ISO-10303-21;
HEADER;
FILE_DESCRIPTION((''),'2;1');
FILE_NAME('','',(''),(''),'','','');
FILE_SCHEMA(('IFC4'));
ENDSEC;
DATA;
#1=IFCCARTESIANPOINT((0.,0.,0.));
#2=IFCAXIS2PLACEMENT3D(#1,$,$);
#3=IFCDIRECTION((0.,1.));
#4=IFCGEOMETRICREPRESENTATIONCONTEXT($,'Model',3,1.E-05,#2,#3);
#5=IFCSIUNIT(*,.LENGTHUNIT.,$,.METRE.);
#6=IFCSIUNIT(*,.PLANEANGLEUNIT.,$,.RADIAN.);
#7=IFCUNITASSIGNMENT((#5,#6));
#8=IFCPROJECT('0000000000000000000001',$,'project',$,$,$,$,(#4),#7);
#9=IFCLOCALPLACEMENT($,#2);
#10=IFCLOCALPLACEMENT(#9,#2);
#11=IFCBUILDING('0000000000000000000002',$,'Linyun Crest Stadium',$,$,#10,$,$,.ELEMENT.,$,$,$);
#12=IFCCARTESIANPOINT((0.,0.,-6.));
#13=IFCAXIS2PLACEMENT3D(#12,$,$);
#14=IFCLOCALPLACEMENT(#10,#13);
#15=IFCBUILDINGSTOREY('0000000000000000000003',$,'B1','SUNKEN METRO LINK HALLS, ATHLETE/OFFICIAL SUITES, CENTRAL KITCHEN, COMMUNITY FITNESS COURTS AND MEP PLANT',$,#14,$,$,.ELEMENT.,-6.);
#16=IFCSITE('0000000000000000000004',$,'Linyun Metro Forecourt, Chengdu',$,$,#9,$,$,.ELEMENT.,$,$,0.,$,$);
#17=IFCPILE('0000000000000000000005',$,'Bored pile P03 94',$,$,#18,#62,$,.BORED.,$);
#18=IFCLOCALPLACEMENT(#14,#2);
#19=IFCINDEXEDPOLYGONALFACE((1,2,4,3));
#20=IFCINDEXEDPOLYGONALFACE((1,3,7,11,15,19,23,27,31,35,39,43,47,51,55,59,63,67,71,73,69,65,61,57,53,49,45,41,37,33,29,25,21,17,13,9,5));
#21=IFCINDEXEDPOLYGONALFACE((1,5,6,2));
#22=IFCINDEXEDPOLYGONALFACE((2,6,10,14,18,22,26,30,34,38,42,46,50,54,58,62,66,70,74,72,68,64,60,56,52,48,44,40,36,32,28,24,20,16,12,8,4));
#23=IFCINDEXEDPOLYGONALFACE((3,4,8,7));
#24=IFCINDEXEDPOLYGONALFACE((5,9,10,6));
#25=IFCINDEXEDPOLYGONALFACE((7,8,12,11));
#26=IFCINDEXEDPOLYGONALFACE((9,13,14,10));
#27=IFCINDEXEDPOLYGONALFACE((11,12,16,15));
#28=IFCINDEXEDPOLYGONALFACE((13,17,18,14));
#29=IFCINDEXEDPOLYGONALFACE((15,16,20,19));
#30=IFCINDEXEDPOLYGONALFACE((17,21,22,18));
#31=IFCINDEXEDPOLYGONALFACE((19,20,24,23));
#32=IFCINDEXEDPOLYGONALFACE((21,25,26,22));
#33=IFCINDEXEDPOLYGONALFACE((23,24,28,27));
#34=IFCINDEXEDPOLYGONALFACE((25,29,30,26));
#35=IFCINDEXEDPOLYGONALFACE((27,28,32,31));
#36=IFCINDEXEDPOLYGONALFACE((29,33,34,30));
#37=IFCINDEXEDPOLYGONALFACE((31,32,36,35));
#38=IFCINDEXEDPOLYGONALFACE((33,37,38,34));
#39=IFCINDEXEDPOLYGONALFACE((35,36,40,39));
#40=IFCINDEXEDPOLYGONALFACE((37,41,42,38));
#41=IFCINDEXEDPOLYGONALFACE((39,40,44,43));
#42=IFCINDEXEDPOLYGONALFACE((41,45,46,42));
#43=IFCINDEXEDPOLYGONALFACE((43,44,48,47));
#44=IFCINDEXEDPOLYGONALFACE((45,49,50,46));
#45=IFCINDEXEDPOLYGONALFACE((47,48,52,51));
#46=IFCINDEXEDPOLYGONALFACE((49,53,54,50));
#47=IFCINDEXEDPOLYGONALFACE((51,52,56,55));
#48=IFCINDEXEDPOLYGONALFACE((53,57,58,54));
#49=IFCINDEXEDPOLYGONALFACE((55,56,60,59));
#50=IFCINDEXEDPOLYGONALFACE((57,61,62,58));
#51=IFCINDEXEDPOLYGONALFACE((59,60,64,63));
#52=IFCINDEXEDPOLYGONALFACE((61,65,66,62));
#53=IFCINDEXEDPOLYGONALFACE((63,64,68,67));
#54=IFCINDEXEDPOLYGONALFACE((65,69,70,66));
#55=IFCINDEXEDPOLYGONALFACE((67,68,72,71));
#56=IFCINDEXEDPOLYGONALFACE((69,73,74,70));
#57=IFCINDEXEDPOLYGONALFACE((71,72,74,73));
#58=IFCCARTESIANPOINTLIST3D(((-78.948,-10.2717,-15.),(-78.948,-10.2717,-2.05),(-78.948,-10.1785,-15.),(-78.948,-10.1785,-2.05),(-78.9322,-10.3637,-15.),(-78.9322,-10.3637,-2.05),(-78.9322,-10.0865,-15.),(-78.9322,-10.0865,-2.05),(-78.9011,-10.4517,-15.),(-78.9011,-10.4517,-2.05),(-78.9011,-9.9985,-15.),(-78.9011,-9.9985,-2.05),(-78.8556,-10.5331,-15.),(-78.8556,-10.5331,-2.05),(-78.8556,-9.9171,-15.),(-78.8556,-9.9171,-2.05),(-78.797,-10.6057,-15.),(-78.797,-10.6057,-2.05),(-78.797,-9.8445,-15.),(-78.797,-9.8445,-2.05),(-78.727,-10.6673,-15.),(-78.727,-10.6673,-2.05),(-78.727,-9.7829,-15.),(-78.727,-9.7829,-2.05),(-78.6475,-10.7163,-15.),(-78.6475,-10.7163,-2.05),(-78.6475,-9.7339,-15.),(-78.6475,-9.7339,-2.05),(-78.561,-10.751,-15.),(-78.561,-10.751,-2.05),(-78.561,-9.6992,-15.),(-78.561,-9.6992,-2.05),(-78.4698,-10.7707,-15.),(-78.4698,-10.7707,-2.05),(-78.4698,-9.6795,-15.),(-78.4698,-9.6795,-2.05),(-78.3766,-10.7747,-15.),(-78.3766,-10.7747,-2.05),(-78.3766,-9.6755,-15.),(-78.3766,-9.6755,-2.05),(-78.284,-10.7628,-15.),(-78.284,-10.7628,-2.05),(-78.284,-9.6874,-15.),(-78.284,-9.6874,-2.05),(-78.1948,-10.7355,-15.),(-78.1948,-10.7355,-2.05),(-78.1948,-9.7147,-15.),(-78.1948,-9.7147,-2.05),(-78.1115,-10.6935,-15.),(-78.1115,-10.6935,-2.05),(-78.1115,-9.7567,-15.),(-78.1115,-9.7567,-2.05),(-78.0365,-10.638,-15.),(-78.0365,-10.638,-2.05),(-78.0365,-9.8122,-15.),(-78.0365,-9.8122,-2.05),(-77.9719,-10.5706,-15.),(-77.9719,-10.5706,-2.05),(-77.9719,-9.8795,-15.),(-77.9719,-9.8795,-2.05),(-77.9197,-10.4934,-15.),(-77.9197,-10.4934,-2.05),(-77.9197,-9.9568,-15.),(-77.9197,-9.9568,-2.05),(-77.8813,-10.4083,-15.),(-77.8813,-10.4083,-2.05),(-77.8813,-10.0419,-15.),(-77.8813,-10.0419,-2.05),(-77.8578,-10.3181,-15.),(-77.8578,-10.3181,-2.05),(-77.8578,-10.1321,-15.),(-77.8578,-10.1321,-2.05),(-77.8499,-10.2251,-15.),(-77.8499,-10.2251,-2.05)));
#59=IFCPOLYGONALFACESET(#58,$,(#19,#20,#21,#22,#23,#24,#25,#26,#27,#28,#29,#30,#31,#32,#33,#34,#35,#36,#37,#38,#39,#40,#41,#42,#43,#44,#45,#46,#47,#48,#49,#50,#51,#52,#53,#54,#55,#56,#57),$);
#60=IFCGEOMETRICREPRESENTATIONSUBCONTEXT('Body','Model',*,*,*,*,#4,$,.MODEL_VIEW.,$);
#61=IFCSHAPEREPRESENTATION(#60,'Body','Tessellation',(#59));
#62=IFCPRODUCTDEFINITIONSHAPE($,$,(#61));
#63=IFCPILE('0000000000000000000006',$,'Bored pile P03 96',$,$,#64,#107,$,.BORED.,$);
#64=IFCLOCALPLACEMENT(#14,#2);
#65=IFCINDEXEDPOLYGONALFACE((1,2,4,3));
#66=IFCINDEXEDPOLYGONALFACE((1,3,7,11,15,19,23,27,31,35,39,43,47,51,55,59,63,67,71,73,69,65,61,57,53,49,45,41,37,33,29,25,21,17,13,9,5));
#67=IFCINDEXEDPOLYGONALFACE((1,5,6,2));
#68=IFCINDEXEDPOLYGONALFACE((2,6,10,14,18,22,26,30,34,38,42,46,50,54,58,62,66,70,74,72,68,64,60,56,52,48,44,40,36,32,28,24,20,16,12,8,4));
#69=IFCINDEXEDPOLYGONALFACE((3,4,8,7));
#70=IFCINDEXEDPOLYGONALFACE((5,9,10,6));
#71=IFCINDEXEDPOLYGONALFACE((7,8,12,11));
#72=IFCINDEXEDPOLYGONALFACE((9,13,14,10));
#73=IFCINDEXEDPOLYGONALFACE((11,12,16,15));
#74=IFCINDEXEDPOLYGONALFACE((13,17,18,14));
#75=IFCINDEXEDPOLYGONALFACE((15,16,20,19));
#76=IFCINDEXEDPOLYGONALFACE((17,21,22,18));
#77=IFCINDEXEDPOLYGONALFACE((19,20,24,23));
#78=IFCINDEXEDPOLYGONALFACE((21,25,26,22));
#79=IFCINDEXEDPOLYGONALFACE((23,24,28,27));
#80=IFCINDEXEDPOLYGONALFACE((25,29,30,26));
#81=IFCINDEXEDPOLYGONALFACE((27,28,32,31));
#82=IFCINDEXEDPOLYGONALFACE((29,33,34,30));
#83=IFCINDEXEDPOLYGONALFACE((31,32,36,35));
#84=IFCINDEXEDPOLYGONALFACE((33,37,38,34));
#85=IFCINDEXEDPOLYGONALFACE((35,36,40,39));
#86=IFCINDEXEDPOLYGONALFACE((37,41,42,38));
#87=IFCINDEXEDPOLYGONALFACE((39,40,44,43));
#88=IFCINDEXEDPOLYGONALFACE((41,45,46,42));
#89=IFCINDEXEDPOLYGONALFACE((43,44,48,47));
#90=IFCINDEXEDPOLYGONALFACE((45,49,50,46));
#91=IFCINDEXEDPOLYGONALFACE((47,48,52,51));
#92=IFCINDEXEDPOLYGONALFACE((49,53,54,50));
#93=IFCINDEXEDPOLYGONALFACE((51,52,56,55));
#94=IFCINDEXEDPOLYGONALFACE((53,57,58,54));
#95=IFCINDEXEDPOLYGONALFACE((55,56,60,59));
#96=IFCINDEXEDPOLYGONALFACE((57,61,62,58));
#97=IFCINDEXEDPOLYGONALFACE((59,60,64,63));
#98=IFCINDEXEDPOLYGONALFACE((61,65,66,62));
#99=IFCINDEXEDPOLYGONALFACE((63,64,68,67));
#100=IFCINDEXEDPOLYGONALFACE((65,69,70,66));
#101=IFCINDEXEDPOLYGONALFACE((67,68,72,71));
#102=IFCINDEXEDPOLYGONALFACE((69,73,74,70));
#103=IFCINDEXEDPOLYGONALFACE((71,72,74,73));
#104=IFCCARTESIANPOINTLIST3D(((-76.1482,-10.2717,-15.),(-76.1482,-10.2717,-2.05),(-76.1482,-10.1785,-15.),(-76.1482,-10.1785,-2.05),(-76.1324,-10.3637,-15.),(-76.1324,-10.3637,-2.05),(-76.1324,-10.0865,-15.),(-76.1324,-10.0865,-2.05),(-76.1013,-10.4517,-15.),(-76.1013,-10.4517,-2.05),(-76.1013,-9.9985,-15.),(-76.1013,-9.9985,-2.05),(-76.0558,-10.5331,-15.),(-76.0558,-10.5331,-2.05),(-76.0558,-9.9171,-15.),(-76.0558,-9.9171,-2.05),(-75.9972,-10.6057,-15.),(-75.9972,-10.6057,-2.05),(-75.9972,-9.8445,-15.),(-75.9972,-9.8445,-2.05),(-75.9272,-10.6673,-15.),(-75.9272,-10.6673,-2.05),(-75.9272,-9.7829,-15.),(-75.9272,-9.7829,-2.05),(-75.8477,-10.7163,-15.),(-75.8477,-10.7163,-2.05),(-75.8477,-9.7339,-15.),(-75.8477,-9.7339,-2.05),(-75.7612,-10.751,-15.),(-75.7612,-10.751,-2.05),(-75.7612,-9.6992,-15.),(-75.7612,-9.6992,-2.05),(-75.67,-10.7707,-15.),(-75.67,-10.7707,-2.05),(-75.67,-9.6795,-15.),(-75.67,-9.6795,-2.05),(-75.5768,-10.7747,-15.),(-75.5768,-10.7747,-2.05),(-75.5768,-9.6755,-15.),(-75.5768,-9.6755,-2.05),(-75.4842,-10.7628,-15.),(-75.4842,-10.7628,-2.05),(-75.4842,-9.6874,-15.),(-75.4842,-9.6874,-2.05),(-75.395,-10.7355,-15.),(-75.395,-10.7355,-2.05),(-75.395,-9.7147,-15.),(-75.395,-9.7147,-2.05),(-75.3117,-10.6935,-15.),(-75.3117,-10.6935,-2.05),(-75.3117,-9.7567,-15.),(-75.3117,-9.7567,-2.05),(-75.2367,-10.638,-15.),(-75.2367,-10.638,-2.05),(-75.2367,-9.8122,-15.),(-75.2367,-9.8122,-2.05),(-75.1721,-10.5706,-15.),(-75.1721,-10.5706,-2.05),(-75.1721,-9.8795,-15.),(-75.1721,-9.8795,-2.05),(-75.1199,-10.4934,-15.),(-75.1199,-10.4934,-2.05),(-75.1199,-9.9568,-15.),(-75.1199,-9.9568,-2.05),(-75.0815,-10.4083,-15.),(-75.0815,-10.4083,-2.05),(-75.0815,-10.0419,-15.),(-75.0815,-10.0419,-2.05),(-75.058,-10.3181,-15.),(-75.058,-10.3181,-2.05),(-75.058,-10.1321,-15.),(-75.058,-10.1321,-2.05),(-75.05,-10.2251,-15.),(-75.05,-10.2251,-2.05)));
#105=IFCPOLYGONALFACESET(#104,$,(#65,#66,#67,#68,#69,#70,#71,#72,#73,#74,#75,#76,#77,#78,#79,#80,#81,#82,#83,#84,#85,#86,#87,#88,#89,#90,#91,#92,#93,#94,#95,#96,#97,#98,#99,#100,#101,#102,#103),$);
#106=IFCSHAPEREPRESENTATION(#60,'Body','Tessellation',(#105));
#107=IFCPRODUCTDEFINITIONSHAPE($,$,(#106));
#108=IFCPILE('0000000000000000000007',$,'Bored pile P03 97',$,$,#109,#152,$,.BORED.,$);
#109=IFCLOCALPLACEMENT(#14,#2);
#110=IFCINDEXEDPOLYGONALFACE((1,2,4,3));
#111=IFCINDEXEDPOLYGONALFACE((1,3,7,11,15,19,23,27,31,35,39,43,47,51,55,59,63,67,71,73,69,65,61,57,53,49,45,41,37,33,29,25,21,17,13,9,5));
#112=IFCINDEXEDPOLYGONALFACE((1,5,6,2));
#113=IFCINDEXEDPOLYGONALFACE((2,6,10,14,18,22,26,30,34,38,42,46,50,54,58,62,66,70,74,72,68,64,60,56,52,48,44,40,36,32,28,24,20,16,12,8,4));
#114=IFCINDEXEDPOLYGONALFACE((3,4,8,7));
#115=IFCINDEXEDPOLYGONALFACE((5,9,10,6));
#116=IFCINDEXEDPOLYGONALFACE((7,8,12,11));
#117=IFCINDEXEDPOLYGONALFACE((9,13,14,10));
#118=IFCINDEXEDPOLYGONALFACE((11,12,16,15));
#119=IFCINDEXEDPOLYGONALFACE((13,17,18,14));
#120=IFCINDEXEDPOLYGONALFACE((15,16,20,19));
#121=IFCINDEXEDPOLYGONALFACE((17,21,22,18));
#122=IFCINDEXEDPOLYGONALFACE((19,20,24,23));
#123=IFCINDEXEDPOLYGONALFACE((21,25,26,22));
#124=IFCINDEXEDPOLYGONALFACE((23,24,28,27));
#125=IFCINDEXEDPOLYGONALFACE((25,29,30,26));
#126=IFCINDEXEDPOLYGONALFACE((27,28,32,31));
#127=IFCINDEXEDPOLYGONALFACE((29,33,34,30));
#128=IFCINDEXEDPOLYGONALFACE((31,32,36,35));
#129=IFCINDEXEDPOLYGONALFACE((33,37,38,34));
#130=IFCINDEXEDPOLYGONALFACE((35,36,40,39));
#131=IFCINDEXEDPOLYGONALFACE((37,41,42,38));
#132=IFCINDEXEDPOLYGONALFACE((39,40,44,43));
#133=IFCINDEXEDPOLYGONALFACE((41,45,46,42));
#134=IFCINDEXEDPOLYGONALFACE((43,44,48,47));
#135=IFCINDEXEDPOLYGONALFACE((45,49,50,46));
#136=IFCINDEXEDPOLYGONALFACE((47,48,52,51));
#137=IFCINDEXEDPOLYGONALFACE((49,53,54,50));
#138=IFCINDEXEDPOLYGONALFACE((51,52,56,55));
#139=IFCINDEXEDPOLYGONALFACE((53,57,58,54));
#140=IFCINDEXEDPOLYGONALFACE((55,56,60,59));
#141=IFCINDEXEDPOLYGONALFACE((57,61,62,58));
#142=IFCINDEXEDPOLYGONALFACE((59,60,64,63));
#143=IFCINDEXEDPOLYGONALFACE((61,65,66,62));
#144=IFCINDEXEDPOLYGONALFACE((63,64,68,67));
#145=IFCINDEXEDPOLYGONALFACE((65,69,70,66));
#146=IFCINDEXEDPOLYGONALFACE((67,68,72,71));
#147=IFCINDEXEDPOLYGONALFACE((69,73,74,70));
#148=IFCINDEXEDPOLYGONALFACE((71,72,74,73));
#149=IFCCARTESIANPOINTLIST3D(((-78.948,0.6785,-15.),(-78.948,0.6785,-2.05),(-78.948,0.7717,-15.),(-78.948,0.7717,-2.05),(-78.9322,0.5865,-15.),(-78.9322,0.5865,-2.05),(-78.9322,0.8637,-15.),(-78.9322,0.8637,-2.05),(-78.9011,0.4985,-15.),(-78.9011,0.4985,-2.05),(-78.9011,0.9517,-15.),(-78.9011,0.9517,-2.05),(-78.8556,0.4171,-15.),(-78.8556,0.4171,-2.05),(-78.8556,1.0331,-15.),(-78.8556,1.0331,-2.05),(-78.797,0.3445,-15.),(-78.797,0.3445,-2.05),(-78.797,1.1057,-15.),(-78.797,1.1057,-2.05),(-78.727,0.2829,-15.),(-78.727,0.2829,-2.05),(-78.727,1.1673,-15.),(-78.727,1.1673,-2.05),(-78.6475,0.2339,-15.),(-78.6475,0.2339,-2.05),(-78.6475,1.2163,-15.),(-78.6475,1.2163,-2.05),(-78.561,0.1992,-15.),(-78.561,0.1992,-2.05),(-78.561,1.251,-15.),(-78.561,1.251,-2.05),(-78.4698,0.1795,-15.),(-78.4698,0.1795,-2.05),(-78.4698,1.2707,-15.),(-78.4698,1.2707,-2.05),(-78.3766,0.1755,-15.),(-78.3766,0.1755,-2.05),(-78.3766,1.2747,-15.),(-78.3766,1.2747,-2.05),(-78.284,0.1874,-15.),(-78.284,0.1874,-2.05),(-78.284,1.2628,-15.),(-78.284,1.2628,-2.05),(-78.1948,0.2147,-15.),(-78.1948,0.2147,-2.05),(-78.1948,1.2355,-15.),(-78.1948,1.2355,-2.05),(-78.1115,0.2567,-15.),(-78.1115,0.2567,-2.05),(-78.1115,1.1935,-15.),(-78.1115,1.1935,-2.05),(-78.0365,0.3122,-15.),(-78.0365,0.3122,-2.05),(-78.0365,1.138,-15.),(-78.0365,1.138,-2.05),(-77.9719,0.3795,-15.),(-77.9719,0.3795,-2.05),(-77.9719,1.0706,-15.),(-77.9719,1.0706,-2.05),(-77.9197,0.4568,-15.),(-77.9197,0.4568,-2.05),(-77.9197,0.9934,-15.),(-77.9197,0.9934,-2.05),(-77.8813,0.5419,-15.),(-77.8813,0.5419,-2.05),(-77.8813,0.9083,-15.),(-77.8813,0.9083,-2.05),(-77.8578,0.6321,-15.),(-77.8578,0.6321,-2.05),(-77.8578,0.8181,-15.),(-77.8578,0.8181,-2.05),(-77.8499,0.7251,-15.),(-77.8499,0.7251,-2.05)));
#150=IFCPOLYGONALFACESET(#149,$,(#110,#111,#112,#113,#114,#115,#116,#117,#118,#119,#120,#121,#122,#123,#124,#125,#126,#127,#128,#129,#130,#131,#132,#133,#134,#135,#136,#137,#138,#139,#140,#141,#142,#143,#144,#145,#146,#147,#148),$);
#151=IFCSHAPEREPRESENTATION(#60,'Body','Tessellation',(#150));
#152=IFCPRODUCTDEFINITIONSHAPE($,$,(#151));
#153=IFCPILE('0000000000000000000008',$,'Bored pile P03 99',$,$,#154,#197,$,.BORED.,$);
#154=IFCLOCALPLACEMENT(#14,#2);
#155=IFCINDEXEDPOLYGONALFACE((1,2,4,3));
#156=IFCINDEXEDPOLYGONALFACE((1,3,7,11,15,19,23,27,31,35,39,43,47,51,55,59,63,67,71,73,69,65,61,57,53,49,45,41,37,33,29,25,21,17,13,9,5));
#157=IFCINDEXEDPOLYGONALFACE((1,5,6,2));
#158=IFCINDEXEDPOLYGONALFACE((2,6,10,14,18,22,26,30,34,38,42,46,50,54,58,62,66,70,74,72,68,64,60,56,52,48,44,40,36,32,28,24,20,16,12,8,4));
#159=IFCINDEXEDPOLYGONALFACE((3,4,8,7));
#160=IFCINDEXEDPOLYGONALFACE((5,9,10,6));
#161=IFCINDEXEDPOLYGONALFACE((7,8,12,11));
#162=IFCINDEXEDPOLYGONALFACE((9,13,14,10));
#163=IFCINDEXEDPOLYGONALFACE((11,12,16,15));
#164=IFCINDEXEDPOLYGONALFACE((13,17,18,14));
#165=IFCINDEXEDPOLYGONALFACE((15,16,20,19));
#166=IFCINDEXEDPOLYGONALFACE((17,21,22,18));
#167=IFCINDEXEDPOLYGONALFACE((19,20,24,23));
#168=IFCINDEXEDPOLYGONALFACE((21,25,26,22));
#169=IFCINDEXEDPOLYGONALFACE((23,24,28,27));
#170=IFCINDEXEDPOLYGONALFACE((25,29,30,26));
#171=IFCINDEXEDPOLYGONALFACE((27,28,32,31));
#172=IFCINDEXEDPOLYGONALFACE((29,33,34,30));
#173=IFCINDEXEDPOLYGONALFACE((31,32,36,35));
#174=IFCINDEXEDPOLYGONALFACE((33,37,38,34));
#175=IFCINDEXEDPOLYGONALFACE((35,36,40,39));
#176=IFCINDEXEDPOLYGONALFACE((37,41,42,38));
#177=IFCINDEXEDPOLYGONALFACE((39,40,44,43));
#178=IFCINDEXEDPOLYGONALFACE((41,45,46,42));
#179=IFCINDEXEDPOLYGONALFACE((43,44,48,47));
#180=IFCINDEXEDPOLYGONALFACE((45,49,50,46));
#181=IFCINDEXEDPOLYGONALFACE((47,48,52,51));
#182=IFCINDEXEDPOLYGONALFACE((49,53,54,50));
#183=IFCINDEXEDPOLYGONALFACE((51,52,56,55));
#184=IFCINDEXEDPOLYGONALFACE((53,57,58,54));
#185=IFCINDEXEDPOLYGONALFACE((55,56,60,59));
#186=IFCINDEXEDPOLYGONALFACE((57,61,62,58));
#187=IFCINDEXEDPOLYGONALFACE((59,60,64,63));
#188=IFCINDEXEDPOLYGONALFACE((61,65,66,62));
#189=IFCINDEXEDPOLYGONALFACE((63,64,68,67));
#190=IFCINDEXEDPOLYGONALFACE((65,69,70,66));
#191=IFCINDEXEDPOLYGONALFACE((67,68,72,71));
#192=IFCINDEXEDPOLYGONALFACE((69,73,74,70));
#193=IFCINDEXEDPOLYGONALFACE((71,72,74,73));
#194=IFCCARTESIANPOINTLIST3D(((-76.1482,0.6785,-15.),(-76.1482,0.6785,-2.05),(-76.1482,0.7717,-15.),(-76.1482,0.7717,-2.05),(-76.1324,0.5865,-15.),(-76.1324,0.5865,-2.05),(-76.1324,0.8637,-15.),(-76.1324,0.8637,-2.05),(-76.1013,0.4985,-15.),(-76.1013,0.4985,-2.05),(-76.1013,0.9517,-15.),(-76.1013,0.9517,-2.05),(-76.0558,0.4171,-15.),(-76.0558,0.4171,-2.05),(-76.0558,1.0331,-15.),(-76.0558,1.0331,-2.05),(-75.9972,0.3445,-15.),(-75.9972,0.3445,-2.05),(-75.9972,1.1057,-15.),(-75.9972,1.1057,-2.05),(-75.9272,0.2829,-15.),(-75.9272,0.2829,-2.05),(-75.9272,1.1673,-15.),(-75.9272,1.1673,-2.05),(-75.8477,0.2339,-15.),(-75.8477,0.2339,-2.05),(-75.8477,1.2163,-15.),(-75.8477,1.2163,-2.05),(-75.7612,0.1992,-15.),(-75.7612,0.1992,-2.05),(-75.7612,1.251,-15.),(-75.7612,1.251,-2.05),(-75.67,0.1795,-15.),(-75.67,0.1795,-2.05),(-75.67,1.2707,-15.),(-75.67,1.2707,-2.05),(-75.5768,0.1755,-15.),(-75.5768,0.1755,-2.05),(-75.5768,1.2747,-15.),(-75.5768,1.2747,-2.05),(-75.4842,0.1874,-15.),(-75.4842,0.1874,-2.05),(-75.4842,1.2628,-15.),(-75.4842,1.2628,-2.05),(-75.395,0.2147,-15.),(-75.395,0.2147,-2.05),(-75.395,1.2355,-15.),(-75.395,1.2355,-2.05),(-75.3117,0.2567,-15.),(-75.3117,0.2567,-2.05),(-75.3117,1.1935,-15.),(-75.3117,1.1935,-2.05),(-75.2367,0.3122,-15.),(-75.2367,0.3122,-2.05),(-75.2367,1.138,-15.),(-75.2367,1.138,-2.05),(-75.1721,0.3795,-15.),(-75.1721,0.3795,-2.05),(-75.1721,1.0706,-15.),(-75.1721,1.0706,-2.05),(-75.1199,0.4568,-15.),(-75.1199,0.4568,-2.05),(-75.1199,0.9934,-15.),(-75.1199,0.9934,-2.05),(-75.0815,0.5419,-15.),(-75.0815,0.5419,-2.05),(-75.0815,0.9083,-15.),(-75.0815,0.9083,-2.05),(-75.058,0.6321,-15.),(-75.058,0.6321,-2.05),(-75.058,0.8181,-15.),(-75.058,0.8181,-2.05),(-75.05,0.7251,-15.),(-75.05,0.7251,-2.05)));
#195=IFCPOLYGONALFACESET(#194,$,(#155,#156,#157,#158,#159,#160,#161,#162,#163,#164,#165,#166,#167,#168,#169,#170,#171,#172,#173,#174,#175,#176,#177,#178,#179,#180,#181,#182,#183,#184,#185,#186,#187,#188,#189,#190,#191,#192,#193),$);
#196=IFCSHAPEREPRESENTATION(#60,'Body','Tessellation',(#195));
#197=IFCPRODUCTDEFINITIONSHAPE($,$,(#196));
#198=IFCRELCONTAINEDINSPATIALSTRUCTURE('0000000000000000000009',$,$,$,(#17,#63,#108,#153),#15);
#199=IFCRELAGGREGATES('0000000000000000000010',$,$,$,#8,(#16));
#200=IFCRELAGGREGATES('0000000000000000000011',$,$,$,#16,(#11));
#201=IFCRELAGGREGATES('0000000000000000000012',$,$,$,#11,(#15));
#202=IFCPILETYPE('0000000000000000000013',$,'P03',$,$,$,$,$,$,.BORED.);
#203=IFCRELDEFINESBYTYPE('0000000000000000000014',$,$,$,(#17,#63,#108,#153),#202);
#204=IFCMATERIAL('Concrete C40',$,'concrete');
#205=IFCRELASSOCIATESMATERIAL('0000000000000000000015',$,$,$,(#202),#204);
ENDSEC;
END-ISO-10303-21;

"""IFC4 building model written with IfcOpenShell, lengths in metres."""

from ifc_helpers import new_model, si_unit, direction, frame, origin, origin_2d, place, context, subcontext, project, spatial, circle, extrude, material, material_profile, profile_set, type_object, element, save


model = new_model("IFC4")

# Units and contexts
model_context = context("Model", 3, precision=1e-05, world=origin(), true_north=direction((0.0, 1.0)))
body_context = subcontext(model_context, "Body", "Model", "MODEL_VIEW")
ifc_project = project(units=[si_unit("LENGTHUNIT", "METRE"), si_unit("PLANEANGLEUNIT", "RADIAN")], contexts=[model_context])

# Site, building, storey
site_placement = place(None, origin())
site = spatial("IfcSite", under=ifc_project, at=site_placement, Name="Linyun Metro Forecourt, Chengdu", CompositionType="ELEMENT", RefElevation=0.0)
building_placement = place(site_placement, origin())
building = spatial("IfcBuilding", under=site, at=building_placement, Name="Linyun Crest Stadium", CompositionType="ELEMENT")
storey_placement = place(building_placement, frame((0.0, 0.0, -6.0)))
storey = spatial("IfcBuildingStorey", under=building, at=storey_placement, Name="B1", Description="SUNKEN METRO LINK HALLS, ATHLETE/OFFICIAL SUITES, CENTRAL KITCHEN, COMMUNITY FITNESS COURTS AND MEP PLANT", CompositionType="ELEMENT", Elevation=-6.0)

# Piles
ifc_material_1 = material(Name="Concrete C40", Category="concrete")
ifc_material_profile_1 = material_profile(ifc_material_1, circle(Radius=0.55, at=origin_2d()), Name="BORED PILE 1100")
ifc_profile_set_1 = profile_set([ifc_material_profile_1], Name="Concrete C40")
pile_type_1 = type_object("IfcPileType", Name="P03", PredefinedType="BORED", material=ifc_profile_set_1)
for number, where, z_axis, x_axis, name in (
    (1, (-78.3999, -10.2251, -2.05), (0.0, 0.0, -1.0), (1.0, 0.0, 0.0), "Bored pile P03 94"),
    (2, (-75.6001, -10.2251, -2.05), (0.0, 0.0, -1.0), (1.0, 0.0, 0.0), "Bored pile P03 96"),
    (3, (-78.3999, 0.7251, -2.05), (0.0, 0.0, -1.0), (1.0, 0.0, 0.0), "Bored pile P03 97"),
    (4, (-75.6001, 0.7251, -2.05), (0.0, 0.0, -1.0), (1.0, 0.0, 0.0), "Bored pile P03 99"),
):
    element("IfcPile", number, at=place(storey_placement, frame(where, z_axis=z_axis, x_axis=x_axis)), inside=storey, type_object=pile_type_1, Name=name, PredefinedType="BORED", context=body_context, shape_type="SweptSolid", body=[
        extrude(circle(Radius=0.55, at=origin_2d()), origin(), (0.0, 0.0, 1.0), 12.95),
    ])

save(model, "model.ifc")
